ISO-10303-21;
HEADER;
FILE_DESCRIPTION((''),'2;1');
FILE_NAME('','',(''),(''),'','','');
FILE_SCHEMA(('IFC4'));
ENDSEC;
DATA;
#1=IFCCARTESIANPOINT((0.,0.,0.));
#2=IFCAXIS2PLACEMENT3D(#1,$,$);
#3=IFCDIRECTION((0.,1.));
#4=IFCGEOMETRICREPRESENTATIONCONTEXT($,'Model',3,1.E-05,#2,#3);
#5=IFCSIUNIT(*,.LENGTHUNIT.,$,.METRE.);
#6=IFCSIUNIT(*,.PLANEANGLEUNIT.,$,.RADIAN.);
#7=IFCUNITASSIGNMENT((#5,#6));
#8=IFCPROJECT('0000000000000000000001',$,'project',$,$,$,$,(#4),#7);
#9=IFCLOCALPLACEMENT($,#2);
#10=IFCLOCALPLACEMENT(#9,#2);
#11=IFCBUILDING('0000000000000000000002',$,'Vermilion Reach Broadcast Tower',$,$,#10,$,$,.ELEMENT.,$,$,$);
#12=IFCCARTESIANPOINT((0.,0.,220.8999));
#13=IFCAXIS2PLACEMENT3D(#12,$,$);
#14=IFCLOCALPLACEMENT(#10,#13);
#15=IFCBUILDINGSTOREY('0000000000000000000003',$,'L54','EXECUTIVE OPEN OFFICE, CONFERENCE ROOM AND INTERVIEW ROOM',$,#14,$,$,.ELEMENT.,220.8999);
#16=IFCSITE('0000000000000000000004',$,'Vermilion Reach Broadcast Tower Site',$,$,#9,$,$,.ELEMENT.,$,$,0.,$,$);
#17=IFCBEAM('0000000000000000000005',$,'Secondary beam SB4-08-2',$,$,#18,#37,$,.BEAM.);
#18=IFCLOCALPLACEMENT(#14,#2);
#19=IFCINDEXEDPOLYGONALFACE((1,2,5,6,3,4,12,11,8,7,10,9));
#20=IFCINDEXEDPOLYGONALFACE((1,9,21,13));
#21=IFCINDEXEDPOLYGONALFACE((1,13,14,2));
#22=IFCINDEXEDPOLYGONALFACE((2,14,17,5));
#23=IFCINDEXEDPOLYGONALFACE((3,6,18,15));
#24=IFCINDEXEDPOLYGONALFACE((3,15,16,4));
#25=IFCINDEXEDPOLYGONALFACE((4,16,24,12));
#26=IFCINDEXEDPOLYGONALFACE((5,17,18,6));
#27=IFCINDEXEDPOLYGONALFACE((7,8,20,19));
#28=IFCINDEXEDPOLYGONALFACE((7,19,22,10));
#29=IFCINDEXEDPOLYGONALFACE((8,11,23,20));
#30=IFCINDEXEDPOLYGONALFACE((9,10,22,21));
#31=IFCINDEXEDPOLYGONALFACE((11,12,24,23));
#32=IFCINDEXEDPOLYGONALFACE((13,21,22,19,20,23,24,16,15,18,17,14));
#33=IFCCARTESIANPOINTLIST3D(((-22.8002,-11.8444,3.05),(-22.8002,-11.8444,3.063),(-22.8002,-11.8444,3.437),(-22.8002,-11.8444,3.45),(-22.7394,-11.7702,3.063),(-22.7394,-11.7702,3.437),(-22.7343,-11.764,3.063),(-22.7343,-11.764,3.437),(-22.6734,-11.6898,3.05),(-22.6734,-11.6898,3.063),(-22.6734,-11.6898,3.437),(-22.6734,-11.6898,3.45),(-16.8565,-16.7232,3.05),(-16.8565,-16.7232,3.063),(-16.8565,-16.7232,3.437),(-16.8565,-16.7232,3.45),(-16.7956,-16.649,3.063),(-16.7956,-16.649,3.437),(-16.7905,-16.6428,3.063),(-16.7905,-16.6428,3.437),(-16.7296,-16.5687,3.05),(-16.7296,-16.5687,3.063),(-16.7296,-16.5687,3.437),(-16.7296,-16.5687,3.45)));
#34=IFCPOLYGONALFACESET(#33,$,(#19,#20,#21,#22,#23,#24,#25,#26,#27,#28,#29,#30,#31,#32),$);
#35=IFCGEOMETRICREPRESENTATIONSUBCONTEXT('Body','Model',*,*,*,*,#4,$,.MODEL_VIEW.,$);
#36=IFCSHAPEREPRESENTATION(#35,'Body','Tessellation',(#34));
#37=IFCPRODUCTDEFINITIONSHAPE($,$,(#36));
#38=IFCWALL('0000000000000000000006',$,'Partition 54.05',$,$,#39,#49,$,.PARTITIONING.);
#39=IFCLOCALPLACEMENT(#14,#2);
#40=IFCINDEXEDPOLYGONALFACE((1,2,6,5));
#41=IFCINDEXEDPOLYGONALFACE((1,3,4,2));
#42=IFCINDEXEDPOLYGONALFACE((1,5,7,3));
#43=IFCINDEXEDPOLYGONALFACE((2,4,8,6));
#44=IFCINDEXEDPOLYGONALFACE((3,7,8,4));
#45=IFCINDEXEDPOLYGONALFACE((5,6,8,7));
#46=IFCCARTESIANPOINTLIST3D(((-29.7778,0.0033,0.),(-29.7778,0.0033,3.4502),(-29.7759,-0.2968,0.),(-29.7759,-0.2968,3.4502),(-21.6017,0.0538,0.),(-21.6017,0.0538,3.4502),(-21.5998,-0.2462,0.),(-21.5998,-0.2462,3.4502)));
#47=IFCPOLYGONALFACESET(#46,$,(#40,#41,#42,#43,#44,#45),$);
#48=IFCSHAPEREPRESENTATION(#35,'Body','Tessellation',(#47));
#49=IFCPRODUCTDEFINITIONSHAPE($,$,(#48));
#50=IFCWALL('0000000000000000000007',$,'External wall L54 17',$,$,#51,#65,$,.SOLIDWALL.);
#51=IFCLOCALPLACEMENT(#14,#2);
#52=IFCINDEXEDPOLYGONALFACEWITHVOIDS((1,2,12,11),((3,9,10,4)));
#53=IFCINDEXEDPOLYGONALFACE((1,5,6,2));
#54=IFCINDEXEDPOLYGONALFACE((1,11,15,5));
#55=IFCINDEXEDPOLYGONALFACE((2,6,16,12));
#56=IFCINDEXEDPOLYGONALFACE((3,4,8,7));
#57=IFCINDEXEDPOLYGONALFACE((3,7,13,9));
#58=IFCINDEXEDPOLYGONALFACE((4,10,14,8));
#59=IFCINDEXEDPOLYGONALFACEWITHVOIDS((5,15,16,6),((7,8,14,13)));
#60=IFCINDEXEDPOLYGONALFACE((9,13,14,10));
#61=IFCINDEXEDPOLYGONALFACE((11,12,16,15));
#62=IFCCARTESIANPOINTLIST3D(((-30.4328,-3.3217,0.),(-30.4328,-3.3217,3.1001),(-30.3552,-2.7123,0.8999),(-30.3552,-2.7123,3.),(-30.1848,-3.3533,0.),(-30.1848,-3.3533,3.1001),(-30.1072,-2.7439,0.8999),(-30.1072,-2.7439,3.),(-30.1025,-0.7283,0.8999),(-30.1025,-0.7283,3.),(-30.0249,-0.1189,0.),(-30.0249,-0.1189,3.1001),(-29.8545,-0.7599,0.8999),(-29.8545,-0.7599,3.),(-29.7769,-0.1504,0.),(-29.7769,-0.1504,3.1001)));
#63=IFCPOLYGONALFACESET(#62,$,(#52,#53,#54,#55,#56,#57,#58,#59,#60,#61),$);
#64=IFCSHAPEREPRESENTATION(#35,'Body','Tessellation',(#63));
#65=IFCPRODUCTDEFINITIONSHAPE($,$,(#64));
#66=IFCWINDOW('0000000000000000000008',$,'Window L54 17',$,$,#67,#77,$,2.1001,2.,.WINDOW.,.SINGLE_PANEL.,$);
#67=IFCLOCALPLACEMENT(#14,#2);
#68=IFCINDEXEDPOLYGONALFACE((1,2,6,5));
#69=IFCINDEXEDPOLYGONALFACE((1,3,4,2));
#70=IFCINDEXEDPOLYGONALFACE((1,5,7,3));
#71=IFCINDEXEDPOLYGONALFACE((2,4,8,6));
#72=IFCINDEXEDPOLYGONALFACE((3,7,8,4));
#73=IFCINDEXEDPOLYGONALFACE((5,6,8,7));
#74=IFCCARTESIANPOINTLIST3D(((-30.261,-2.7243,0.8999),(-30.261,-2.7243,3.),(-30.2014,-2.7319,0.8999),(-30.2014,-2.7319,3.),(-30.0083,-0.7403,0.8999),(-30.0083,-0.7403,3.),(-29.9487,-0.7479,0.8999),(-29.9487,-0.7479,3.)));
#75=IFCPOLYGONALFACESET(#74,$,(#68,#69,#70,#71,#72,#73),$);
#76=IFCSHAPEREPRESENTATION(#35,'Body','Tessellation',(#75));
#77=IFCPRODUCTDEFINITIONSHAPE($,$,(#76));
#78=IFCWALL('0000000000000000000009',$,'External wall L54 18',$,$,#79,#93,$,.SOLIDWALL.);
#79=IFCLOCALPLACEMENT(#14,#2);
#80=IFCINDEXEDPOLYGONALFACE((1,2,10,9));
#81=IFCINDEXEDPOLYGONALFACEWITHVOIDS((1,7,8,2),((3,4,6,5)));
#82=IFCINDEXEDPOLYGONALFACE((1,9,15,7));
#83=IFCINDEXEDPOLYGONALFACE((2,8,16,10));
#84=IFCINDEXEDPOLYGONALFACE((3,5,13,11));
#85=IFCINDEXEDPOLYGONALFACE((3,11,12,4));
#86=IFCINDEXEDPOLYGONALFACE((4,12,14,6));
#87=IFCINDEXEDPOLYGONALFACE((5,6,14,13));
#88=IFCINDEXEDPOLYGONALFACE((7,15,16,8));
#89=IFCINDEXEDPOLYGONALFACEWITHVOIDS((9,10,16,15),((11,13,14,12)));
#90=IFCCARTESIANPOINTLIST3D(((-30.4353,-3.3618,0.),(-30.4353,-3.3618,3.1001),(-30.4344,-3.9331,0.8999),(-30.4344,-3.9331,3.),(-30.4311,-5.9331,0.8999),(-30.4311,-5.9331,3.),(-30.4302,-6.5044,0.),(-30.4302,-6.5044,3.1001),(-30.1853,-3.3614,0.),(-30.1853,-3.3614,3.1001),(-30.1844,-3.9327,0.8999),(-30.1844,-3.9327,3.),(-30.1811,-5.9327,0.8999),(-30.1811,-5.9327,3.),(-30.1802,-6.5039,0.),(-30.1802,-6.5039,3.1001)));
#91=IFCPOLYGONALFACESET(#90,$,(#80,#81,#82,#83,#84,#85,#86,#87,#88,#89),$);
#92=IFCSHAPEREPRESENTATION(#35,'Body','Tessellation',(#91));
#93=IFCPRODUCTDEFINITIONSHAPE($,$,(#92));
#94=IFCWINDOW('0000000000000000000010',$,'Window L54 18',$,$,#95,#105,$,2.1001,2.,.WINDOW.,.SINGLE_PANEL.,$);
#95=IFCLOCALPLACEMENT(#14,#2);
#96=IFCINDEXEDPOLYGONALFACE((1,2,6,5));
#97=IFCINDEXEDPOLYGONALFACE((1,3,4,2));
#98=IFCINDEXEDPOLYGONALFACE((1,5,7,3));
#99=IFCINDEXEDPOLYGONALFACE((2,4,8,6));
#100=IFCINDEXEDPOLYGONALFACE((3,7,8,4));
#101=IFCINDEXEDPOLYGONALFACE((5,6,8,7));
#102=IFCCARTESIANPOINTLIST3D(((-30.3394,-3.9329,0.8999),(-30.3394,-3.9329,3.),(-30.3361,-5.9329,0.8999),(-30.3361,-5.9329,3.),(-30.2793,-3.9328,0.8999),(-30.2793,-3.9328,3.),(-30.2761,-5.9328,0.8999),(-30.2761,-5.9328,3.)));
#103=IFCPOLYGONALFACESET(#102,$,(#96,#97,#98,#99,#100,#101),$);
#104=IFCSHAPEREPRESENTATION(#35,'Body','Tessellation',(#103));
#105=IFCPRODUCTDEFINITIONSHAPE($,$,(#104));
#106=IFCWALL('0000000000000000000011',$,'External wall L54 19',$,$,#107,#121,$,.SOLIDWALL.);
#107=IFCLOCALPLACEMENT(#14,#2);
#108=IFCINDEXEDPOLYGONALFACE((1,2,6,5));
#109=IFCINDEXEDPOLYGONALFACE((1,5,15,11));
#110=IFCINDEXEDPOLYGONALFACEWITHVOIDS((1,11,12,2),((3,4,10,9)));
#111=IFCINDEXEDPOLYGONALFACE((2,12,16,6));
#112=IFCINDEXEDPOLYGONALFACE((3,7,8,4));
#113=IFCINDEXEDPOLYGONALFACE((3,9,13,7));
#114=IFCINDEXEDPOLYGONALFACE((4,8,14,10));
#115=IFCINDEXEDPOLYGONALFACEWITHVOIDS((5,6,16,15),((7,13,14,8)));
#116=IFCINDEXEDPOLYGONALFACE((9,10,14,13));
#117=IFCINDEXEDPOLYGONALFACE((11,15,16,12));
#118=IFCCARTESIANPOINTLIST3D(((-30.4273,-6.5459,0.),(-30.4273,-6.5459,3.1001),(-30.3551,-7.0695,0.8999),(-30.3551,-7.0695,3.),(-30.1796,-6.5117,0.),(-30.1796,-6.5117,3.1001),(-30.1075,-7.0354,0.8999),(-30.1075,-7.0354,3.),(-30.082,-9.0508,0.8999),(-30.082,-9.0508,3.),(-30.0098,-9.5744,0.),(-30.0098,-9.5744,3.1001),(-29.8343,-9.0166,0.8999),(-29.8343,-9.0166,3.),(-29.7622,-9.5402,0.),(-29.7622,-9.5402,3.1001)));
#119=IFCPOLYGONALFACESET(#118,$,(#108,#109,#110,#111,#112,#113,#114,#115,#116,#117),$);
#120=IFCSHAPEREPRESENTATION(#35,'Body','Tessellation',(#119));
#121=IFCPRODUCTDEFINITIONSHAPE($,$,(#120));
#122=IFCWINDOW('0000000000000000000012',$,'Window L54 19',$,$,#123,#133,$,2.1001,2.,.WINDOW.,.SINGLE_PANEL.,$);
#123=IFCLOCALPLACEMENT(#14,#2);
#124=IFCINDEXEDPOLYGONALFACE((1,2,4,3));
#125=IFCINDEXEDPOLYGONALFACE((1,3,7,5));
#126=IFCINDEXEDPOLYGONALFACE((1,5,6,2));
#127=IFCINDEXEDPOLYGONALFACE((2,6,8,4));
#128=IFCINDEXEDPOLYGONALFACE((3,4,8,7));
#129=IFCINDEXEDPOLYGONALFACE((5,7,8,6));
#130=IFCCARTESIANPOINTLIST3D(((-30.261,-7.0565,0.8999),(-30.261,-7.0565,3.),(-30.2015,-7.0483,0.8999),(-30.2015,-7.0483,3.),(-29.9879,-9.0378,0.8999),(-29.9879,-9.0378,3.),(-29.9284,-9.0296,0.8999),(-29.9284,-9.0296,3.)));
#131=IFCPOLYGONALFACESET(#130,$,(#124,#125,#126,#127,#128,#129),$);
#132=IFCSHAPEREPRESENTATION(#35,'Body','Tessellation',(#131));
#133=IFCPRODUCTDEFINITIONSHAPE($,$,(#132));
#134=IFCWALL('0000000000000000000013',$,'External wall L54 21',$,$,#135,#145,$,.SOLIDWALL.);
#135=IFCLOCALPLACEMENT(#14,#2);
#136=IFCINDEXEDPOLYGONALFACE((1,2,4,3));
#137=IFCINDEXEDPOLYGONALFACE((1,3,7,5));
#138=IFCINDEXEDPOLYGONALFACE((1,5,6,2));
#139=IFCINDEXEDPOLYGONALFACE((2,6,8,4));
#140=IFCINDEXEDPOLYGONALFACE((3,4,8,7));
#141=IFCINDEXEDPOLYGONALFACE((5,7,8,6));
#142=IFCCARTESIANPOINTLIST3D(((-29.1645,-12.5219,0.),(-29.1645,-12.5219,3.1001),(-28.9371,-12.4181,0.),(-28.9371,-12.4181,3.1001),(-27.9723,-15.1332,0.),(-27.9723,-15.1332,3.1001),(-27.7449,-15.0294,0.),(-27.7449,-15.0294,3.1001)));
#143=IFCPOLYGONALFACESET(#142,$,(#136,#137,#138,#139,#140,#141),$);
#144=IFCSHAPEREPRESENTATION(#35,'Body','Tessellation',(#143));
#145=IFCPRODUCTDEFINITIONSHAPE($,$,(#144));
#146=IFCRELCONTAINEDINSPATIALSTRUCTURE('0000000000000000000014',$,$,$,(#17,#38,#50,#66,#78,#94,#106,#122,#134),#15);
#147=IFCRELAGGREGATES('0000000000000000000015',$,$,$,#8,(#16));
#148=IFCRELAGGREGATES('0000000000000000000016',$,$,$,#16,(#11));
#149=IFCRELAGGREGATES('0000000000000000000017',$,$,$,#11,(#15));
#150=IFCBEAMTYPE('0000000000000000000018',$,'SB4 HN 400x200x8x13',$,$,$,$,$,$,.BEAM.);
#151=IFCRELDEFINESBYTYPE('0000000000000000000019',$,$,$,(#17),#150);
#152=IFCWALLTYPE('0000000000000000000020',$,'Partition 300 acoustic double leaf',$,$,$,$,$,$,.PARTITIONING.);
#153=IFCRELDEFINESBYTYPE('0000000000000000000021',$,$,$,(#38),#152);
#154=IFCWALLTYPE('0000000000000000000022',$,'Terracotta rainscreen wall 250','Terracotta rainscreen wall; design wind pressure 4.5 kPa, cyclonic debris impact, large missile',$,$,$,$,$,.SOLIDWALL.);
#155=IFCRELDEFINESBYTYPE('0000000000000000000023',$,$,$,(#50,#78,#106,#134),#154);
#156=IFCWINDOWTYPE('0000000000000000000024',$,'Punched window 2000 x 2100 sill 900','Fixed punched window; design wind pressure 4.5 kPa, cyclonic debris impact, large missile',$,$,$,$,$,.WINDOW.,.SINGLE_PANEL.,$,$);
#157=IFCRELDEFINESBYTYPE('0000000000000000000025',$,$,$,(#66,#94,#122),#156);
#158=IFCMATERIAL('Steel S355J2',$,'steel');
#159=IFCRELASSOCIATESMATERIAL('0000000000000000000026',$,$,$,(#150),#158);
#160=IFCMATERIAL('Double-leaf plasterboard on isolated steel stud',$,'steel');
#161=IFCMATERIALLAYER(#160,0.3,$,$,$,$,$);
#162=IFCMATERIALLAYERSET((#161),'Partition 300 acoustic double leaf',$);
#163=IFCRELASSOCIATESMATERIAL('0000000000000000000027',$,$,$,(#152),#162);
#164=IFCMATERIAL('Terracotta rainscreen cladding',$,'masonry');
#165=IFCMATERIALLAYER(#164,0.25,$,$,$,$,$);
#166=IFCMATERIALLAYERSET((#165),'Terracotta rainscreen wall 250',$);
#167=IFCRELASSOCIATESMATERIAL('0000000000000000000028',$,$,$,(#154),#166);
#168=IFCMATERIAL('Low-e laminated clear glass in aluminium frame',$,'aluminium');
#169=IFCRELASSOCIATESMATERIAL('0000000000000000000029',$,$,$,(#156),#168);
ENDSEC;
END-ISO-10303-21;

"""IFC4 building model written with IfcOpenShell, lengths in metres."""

from ifc_helpers import new_model, si_unit, direction, frame, frame_2d, origin, origin_2d, place, context, subcontext, project, spatial, rectangle, i_section, extrude, material, layer, layer_set, material_profile, profile_set, type_object, element, fill, save


model = new_model("IFC4")

# Units and contexts
model_context = context("Model", 3, precision=1e-05, world=origin(), true_north=direction((0.0, 1.0)))
body_context = subcontext(model_context, "Body", "Model", "MODEL_VIEW")
ifc_project = project(units=[si_unit("LENGTHUNIT", "METRE"), si_unit("PLANEANGLEUNIT", "RADIAN")], contexts=[model_context])

# Site, building, storey
site_placement = place(None, origin())
site = spatial("IfcSite", under=ifc_project, at=site_placement, Name="Vermilion Reach Broadcast Tower Site", CompositionType="ELEMENT", RefElevation=0.0)
building_placement = place(site_placement, origin())
building = spatial("IfcBuilding", under=site, at=building_placement, Name="Vermilion Reach Broadcast Tower", CompositionType="ELEMENT")
storey_placement = place(building_placement, frame((0.0, 0.0, 220.8999)))
storey = spatial("IfcBuildingStorey", under=building, at=storey_placement, Name="L54", Description="EXECUTIVE OPEN OFFICE, CONFERENCE ROOM AND INTERVIEW ROOM", CompositionType="ELEMENT", Elevation=220.8999)

# Beam
ifc_material_1 = material(Name="Steel S355J2", Category="steel")
ifc_material_profile_1 = material_profile(ifc_material_1, i_section(OverallWidth=0.2, OverallDepth=0.3999, WebThickness=0.0081, FlangeThickness=0.0129, at=origin_2d()), Name="S355J2 HN 400x200x8x13")
ifc_profile_set_1 = profile_set([ifc_material_profile_1], Name="Steel S355J2")
beam_type_1 = type_object("IfcBeamType", Name="SB4 HN 400x200x8x13", PredefinedType="BEAM", material=ifc_profile_set_1)
beam_1_placement = place(storey_placement, frame((-22.7368, -11.7671, 3.25), z_axis=(0.772952, -0.634465, 0.0), x_axis=(0.634465, 0.772952, 0.0)))
element("IfcBeam", 1, at=beam_1_placement, inside=storey, type_object=beam_type_1, Name="Secondary beam SB4-08-2", PredefinedType="BEAM", context=body_context, shape_type="SweptSolid", body=[
    extrude(i_section(OverallWidth=0.2, OverallDepth=0.3999, WebThickness=0.0081, FlangeThickness=0.0129, at=origin_2d()), origin(), (0.0, 0.0, 1.0), 7.6897),
])

# Wall
ifc_material_2 = material(Name="Double-leaf plasterboard on isolated steel stud", Category="steel")
ifc_layer_1 = layer(ifc_material_2, 0.3)
ifc_layer_set_1 = layer_set([ifc_layer_1], Name="Partition 300 acoustic double leaf")
wall_type_1 = type_object("IfcWallType", Name="Partition 300 acoustic double leaf", PredefinedType="PARTITIONING", material=ifc_layer_set_1)
wall_1_placement = place(storey_placement, frame((-29.7769, -0.1467, 0.0), z_axis=(0.0, 0.0, 1.0), x_axis=(0.999981, 0.006181, 0.0)))
element("IfcWall", 2, at=wall_1_placement, inside=storey, type_object=wall_type_1, Name="Partition 54.05", PredefinedType="PARTITIONING", context=body_context, shape_type="SweptSolid", body=[
    extrude(rectangle(XDim=8.1763, YDim=0.3, at=frame_2d((4.0881, 0.0))), origin(), (0.0, 0.0, 1.0), 3.4502),
])

# Walls, openings, windows
ifc_material_3 = material(Name="Terracotta rainscreen cladding", Category="masonry")
ifc_layer_2 = layer(ifc_material_3, 0.25)
ifc_layer_set_2 = layer_set([ifc_layer_2], Name="Terracotta rainscreen wall 250")
wall_type_2 = type_object("IfcWallType", Name="Terracotta rainscreen wall 250", Description="Terracotta rainscreen wall; design wind pressure 4.5 kPa, cyclonic debris impact, large missile", PredefinedType="SOLIDWALL", material=ifc_layer_set_2)
wall_2_placement = place(storey_placement, frame((-29.9009, -0.1348, 0.0), z_axis=(0.0, 0.0, 1.0), x_axis=(-0.126352, -0.991986, 0.0)))
wall_2 = element("IfcWall", 3, at=wall_2_placement, inside=storey, type_object=wall_type_2, Name="External wall L54 17", PredefinedType="SOLIDWALL", context=body_context, shape_type="SweptSolid", body=[
    extrude(rectangle(XDim=3.2288, YDim=0.25, at=frame_2d((1.6143, 0.0))), origin(), (0.0, 0.0, 1.0), 3.1001),
])
opening_1_placement = place(wall_2_placement, frame((0.6143, 0.0, 0.8999)))
opening_1 = element("IfcOpeningElement", 4, at=opening_1_placement, cuts=wall_2, PredefinedType="OPENING", context=body_context, shape_type="SweptSolid", body=[
    extrude(rectangle(XDim=2.0, YDim=2.1001, at=frame_2d((1.0, 1.05))), frame((0.0, 0.135, 0.0), z_axis=(0.0, -1.0, 0.0), x_axis=(1.0, 0.0, 0.0)), (0.0, 0.0, 1.0), 0.27),
])
ifc_material_4 = material(Name="Low-e laminated clear glass in aluminium frame", Category="aluminium")
window_type = type_object("IfcWindowType", Name="Punched window 2000 x 2100 sill 900", Description="Fixed punched window; design wind pressure 4.5 kPa, cyclonic debris impact, large missile", PartitioningType="SINGLE_PANEL", PredefinedType="WINDOW", material=ifc_material_4)
window_1_placement = place(opening_1_placement, origin())
window_1 = element("IfcWindow", 5, at=window_1_placement, inside=storey, type_object=window_type, Name="Window L54 17", OverallHeight=2.1001, OverallWidth=2.0, PartitioningType="SINGLE_PANEL", PredefinedType="WINDOW", context=body_context, shape_type="SweptSolid", body=[
    extrude(rectangle(XDim=2.0, YDim=2.1001, at=frame_2d((1.0, 1.05))), frame((0.0, 0.03, 0.0), z_axis=(0.0, -1.0, 0.0), x_axis=(1.0, 0.0, 0.0)), (0.0, 0.0, 1.0), 0.0601),
])
fill(opening_1, window_1)
wall_3_placement = place(storey_placement, frame((-30.3103, -3.3616, 0.0), z_axis=(0.0, 0.0, 1.0), x_axis=(0.001631, -0.999999, 0.0)))
wall_3 = element("IfcWall", 6, at=wall_3_placement, inside=storey, type_object=wall_type_2, Name="External wall L54 18", PredefinedType="SOLIDWALL", context=body_context, shape_type="SweptSolid", body=[
    extrude(rectangle(XDim=3.1426, YDim=0.25, at=frame_2d((1.5713, 0.0))), origin(), (0.0, 0.0, 1.0), 3.1001),
])
opening_2_placement = place(wall_3_placement, frame((0.5713, 0.0, 0.8999)))
opening_2 = element("IfcOpeningElement", 7, at=opening_2_placement, cuts=wall_3, PredefinedType="OPENING", context=body_context, shape_type="SweptSolid", body=[
    extrude(rectangle(XDim=2.0, YDim=2.1001, at=frame_2d((1.0, 1.05))), frame((0.0, 0.135, 0.0), z_axis=(0.0, -1.0, 0.0), x_axis=(1.0, 0.0, 0.0)), (0.0, 0.0, 1.0), 0.27),
])
window_2_placement = place(opening_2_placement, origin())
window_2 = element("IfcWindow", 8, at=window_2_placement, inside=storey, type_object=window_type, Name="Window L54 18", OverallHeight=2.1001, OverallWidth=2.0, PartitioningType="SINGLE_PANEL", PredefinedType="WINDOW", context=body_context, shape_type="SweptSolid", body=[
    extrude(rectangle(XDim=2.0, YDim=2.1001, at=frame_2d((1.0, 1.05))), frame((0.0, 0.03, 0.0), z_axis=(0.0, -1.0, 0.0), x_axis=(1.0, 0.0, 0.0)), (0.0, 0.0, 1.0), 0.0601),
])
fill(opening_2, window_2)
wall_4_placement = place(storey_placement, frame((-30.3035, -6.5288, 0.0), z_axis=(0.0, 0.0, 1.0), x_axis=(0.136556, -0.990632, 0.0)))
wall_4 = element("IfcWall", 9, at=wall_4_placement, inside=storey, type_object=wall_type_2, Name="External wall L54 19", PredefinedType="SOLIDWALL", context=body_context, shape_type="SweptSolid", body=[
    extrude(rectangle(XDim=3.0571, YDim=0.25, at=frame_2d((1.5286, 0.0))), origin(), (0.0, 0.0, 1.0), 3.1001),
])
opening_3_placement = place(wall_4_placement, frame((0.5286, 0.0, 0.8999)))
opening_3 = element("IfcOpeningElement", 10, at=opening_3_placement, cuts=wall_4, PredefinedType="OPENING", context=body_context, shape_type="SweptSolid", body=[
    extrude(rectangle(XDim=2.0, YDim=2.1001, at=frame_2d((1.0, 1.05))), frame((0.0, 0.135, 0.0), z_axis=(0.0, -1.0, 0.0), x_axis=(1.0, 0.0, 0.0)), (0.0, 0.0, 1.0), 0.27),
])
window_3_placement = place(opening_3_placement, origin())
window_3 = element("IfcWindow", 11, at=window_3_placement, inside=storey, type_object=window_type, Name="Window L54 19", OverallHeight=2.1001, OverallWidth=2.0, PartitioningType="SINGLE_PANEL", PredefinedType="WINDOW", context=body_context, shape_type="SweptSolid", body=[
    extrude(rectangle(XDim=2.0, YDim=2.1001, at=frame_2d((1.0, 1.05))), frame((0.0, 0.03, 0.0), z_axis=(0.0, -1.0, 0.0), x_axis=(1.0, 0.0, 0.0)), (0.0, 0.0, 1.0), 0.0601),
])
fill(opening_3, window_3)

# Wall
wall_5_placement = place(storey_placement, frame((-29.0508, -12.47, 0.0), z_axis=(0.0, 0.0, 1.0), x_axis=(0.415295, -0.909687, 0.0)))
element("IfcWall", 12, at=wall_5_placement, inside=storey, type_object=wall_type_2, Name="External wall L54 21", PredefinedType="SOLIDWALL", context=body_context, shape_type="SweptSolid", body=[
    extrude(rectangle(XDim=2.8706, YDim=0.25, at=frame_2d((1.4353, 0.0))), origin(), (0.0, 0.0, 1.0), 3.1001),
])

save(model, "model.ifc")
